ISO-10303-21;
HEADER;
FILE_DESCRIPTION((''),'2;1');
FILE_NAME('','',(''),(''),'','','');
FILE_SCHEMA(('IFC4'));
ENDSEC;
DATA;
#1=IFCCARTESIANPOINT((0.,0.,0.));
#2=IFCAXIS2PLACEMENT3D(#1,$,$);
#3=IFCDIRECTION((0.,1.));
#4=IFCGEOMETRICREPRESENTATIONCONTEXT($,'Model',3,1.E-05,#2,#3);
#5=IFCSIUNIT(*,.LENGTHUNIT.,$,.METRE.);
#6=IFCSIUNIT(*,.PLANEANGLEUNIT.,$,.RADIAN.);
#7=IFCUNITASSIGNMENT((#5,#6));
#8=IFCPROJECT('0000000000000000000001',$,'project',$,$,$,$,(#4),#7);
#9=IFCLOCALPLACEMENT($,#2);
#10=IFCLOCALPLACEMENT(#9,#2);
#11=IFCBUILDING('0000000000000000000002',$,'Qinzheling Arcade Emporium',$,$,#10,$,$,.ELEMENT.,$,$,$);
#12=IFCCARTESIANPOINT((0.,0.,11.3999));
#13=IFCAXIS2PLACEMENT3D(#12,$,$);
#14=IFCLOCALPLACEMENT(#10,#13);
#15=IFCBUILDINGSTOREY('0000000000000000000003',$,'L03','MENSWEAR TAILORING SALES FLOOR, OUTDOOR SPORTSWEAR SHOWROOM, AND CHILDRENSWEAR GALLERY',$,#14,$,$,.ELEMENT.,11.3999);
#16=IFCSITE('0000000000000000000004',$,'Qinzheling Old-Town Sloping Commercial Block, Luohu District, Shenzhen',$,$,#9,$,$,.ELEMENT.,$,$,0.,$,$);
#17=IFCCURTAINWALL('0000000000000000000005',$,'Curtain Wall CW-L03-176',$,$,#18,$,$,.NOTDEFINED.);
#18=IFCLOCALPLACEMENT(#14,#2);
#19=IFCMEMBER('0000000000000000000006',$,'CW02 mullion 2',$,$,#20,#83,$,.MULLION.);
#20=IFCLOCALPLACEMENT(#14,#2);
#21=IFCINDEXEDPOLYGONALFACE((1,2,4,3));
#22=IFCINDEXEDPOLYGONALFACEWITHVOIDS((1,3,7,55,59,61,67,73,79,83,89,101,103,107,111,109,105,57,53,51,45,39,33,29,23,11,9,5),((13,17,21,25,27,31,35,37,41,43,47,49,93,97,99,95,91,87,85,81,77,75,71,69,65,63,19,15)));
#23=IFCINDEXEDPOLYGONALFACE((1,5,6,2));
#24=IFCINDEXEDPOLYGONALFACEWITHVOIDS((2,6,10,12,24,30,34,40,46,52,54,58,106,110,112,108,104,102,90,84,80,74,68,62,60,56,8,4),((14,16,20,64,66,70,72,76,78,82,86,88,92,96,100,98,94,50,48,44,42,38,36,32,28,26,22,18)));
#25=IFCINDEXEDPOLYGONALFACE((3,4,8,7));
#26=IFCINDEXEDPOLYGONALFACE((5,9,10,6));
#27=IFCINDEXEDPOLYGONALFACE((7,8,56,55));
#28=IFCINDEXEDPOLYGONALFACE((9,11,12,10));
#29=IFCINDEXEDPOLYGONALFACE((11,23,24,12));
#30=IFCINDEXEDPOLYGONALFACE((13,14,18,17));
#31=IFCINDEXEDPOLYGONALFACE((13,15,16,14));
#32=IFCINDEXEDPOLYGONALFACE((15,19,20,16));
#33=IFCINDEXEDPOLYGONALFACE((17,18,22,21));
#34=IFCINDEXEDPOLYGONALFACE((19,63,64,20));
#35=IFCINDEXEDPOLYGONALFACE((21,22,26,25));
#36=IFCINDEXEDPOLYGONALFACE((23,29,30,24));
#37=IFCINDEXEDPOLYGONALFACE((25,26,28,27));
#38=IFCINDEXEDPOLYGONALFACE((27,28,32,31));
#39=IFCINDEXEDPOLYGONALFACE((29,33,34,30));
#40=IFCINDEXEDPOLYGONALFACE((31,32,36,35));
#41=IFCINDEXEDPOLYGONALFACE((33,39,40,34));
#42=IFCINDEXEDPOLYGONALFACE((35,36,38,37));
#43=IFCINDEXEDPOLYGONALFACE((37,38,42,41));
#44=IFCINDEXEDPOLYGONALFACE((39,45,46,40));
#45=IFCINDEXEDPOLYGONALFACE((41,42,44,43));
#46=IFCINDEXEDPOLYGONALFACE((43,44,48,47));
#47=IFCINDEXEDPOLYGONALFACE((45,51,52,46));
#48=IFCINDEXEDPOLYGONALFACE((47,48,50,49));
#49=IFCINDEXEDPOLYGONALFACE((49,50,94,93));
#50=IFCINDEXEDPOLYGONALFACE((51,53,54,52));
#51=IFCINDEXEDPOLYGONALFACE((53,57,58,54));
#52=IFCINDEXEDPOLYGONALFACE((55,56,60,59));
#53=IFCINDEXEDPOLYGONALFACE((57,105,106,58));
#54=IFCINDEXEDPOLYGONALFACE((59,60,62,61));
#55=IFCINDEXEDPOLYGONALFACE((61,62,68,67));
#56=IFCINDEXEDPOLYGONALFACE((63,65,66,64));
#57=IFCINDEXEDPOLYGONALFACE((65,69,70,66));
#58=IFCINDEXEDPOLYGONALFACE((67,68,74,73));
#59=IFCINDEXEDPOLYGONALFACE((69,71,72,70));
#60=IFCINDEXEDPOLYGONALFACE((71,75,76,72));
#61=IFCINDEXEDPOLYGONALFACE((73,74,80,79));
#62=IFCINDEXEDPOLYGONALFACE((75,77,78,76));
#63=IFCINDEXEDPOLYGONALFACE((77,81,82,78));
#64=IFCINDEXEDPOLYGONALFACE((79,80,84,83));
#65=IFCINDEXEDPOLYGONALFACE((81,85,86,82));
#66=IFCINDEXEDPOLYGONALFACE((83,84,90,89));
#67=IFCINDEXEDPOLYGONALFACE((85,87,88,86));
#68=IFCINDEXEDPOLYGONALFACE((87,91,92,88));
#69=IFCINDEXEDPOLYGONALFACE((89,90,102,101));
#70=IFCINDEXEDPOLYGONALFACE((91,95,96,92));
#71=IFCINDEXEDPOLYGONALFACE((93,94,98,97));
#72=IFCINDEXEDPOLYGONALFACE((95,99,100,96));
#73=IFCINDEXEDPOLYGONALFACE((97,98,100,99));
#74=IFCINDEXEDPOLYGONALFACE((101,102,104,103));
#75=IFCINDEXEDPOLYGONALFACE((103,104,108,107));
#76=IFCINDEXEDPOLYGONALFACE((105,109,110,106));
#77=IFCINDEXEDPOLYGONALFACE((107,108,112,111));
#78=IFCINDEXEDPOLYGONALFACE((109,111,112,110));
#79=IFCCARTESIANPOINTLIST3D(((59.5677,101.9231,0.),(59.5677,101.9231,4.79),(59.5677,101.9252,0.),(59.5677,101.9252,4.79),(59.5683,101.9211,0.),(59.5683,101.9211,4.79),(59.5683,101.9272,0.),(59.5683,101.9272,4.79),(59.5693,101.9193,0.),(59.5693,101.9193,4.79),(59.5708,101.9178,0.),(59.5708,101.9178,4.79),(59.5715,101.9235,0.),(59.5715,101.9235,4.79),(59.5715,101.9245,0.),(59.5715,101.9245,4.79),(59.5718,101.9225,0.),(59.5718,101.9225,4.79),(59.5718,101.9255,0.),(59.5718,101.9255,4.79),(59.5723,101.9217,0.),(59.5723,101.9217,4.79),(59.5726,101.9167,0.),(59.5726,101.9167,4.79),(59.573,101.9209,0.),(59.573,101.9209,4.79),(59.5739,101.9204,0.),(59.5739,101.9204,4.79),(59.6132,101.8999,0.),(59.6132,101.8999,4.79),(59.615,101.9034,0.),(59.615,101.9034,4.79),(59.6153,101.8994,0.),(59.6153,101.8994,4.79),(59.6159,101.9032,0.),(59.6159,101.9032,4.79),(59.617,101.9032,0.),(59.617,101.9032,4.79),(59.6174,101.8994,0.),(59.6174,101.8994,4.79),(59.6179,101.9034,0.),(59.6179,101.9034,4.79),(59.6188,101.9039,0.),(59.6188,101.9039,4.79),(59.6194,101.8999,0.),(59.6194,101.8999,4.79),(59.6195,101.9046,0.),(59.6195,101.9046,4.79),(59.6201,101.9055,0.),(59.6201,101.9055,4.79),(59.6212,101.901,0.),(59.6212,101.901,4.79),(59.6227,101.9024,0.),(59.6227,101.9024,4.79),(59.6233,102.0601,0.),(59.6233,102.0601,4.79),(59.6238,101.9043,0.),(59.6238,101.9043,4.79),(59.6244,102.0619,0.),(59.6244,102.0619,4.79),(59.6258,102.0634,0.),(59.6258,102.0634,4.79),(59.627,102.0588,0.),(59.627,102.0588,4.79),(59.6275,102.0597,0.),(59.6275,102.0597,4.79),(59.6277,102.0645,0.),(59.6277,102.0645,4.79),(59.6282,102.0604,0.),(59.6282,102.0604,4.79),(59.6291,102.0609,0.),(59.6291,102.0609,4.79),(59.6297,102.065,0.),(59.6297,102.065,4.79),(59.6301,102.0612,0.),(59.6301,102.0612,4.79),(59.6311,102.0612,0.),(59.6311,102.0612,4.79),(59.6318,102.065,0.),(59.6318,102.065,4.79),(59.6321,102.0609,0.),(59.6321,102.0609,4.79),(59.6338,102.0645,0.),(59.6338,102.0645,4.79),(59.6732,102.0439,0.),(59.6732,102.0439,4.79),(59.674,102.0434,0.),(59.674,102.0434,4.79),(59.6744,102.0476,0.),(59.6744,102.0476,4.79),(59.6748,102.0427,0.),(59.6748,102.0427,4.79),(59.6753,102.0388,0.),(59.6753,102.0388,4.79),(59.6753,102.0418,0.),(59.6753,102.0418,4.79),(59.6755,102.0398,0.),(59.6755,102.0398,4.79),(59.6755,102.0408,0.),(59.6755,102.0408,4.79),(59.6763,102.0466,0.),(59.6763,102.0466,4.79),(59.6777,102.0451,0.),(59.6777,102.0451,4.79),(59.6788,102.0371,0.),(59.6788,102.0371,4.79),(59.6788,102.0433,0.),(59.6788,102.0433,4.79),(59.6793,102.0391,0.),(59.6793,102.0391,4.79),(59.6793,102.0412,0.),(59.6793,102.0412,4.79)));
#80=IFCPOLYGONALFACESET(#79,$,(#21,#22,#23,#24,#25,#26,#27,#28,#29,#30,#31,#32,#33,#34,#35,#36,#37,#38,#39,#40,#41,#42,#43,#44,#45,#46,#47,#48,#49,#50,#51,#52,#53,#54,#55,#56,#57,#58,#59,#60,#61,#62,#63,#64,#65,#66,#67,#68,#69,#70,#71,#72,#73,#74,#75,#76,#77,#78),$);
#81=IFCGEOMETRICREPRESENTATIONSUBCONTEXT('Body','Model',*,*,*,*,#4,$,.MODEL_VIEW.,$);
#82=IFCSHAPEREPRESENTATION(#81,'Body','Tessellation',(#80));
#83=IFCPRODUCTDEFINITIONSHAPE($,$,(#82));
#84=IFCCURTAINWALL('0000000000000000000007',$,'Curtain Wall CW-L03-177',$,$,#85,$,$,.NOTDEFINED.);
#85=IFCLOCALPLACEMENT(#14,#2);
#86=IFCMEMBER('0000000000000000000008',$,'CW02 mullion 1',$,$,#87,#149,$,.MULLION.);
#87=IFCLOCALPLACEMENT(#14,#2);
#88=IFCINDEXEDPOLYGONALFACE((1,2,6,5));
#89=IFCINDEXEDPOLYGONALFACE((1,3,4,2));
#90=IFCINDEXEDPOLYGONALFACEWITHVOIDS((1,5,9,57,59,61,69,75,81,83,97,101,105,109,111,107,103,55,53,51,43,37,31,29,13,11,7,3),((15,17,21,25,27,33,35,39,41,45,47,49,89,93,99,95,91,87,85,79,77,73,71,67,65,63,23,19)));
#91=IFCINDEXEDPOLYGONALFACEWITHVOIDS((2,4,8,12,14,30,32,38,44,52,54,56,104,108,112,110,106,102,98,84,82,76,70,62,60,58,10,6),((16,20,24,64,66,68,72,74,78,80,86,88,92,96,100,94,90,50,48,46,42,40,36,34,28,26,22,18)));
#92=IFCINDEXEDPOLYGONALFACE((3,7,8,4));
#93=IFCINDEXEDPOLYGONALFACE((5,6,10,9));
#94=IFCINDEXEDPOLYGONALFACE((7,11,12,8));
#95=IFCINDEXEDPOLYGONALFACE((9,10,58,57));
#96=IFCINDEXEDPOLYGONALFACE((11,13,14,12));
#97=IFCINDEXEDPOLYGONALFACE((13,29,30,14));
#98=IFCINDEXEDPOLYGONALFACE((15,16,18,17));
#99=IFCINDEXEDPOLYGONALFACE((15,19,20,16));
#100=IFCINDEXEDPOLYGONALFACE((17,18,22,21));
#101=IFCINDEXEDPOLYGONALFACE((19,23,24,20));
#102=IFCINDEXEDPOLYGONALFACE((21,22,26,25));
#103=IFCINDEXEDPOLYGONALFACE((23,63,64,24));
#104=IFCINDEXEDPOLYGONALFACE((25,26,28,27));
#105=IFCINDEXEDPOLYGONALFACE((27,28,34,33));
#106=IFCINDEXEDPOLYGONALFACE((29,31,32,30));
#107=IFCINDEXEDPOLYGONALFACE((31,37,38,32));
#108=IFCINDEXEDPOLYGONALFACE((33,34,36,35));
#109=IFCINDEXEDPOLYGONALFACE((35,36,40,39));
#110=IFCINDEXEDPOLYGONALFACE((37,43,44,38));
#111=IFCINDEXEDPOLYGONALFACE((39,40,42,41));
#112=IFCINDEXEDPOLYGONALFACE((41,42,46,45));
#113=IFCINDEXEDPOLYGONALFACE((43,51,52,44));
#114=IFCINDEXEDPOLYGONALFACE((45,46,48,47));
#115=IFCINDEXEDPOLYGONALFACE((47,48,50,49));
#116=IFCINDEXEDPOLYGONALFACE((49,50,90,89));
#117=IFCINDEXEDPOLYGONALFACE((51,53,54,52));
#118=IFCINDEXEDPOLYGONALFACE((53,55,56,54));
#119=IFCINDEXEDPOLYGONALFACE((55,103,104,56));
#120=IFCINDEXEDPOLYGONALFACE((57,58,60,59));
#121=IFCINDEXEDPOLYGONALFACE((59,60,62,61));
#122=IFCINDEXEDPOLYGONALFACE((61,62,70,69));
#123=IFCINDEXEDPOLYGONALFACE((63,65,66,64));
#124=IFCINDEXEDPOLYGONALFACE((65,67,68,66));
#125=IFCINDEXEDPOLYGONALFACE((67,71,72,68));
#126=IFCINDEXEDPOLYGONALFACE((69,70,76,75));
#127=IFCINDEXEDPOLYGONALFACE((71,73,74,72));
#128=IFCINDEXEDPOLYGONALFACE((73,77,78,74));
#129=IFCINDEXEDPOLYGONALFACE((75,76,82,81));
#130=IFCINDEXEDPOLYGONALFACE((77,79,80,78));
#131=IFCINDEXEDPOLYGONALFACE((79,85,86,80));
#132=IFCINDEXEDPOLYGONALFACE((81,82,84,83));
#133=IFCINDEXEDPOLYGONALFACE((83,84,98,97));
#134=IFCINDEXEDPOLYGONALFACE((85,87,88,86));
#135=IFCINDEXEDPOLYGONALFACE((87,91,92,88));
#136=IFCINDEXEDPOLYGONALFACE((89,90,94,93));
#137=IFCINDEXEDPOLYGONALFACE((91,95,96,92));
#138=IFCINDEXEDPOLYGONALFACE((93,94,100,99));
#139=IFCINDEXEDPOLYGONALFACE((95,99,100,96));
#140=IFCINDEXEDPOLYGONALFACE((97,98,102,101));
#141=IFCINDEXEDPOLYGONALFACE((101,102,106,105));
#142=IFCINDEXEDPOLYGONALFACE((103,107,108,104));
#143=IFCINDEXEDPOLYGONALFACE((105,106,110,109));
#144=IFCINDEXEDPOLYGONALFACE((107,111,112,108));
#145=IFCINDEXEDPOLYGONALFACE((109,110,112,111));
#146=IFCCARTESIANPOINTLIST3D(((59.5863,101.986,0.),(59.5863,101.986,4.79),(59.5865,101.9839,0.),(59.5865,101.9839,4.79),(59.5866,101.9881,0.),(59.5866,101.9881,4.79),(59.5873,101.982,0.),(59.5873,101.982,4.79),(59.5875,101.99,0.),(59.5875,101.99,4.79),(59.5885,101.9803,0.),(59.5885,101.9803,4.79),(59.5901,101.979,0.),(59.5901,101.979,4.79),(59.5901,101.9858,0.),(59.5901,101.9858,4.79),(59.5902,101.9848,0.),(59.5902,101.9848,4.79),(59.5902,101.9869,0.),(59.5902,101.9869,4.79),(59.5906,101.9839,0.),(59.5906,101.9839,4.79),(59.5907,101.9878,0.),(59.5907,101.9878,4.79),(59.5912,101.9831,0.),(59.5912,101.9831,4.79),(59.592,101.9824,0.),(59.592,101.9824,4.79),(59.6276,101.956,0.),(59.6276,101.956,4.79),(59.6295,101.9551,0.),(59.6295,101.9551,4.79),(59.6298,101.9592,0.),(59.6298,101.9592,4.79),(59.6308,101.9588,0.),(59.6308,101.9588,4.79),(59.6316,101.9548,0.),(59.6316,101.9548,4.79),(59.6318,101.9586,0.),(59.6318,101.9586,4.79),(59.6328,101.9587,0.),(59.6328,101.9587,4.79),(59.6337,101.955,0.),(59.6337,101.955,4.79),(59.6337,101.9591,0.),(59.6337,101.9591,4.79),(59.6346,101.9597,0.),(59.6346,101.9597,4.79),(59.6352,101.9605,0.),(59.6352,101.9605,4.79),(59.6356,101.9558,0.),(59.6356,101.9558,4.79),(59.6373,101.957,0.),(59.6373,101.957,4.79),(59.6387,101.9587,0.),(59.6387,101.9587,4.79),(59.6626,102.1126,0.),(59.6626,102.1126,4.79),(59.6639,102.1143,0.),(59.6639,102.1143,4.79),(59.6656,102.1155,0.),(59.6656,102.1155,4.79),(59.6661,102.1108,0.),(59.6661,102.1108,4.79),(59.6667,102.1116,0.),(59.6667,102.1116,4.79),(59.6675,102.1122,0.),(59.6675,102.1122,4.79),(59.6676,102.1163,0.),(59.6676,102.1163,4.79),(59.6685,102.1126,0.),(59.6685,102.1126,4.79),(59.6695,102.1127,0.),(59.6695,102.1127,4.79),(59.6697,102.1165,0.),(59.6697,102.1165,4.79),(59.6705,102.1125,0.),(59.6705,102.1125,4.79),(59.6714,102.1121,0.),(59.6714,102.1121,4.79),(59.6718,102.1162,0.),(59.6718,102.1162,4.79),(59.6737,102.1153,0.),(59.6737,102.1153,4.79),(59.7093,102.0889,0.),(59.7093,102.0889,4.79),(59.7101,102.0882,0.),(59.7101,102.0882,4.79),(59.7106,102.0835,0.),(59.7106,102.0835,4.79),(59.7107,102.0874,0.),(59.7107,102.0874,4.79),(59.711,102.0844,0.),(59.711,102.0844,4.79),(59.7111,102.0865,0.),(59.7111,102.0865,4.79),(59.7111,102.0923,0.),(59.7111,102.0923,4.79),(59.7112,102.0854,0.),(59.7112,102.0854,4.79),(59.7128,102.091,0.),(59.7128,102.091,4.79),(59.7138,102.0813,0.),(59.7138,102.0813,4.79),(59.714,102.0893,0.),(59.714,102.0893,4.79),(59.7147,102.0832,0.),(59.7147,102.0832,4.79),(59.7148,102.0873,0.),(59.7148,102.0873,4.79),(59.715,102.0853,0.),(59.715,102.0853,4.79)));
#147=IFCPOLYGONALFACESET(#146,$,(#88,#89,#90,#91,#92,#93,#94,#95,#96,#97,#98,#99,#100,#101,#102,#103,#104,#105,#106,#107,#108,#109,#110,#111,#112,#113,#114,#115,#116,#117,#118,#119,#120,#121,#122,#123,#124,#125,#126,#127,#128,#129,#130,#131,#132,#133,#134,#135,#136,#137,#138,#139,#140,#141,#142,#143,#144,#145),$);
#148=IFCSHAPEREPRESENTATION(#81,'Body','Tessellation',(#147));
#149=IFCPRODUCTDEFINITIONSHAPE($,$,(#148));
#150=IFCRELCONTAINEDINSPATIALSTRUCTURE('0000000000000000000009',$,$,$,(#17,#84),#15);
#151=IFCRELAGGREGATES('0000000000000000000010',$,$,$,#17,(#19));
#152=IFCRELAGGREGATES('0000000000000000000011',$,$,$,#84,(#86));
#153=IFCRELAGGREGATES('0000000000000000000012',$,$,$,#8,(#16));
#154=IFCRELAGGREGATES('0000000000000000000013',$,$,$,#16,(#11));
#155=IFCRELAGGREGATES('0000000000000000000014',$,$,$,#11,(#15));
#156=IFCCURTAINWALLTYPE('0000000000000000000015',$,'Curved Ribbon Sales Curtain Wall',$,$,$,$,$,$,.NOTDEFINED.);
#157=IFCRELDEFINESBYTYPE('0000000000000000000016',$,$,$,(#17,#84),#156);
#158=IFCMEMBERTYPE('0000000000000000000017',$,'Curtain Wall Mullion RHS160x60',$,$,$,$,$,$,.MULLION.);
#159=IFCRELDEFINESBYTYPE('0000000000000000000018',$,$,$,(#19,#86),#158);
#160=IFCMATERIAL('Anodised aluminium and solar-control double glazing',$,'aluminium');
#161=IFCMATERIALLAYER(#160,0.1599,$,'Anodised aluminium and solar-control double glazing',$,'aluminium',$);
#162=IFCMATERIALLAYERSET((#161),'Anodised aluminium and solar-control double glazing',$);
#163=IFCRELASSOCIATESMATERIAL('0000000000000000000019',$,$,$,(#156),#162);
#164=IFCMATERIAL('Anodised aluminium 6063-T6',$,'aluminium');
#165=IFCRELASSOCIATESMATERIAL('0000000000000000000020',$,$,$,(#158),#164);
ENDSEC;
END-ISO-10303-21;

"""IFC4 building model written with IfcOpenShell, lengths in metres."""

from ifc_helpers import new_model, si_unit, direction, frame, origin, origin_2d, place, context, subcontext, project, spatial, hollow_rectangle, extrude, material, layer, layer_set, material_profile, profile_set, type_object, element, aggregate, save


model = new_model("IFC4")

# Units and contexts
model_context = context("Model", 3, precision=1e-05, world=origin(), true_north=direction((0.0, 1.0)))
body_context = subcontext(model_context, "Body", "Model", "MODEL_VIEW")
ifc_project = project(units=[si_unit("LENGTHUNIT", "METRE"), si_unit("PLANEANGLEUNIT", "RADIAN")], contexts=[model_context])

# Site, building, storey
site_placement = place(None, origin())
site = spatial("IfcSite", under=ifc_project, at=site_placement, Name="Qinzheling Old-Town Sloping Commercial Block, Luohu District, Shenzhen", CompositionType="ELEMENT", RefElevation=0.0)
building_placement = place(site_placement, origin())
building = spatial("IfcBuilding", under=site, at=building_placement, Name="Qinzheling Arcade Emporium", CompositionType="ELEMENT")
storey_placement = place(building_placement, frame((0.0, 0.0, 11.3999)))
storey = spatial("IfcBuildingStorey", under=building, at=storey_placement, Name="L03", Description="MENSWEAR TAILORING SALES FLOOR, OUTDOOR SPORTSWEAR SHOWROOM, AND CHILDRENSWEAR GALLERY", CompositionType="ELEMENT", Elevation=11.3999)

# Curtain wall, member
ifc_material_1 = material(Name="Anodised aluminium and solar-control double glazing", Category="aluminium")
ifc_layer_1 = layer(ifc_material_1, 0.1599, Name="Anodised aluminium and solar-control double glazing", Category="aluminium")
ifc_layer_set_1 = layer_set([ifc_layer_1], Name="Anodised aluminium and solar-control double glazing")
curtain_wall_type = type_object("IfcCurtainWallType", Name="Curved Ribbon Sales Curtain Wall", PredefinedType="NOTDEFINED", material=ifc_layer_set_1)
curtain_wall_1_placement = place(storey_placement, origin())
curtain_wall_1 = element("IfcCurtainWall", 1, at=curtain_wall_1_placement, inside=storey, type_object=curtain_wall_type, Name="Curtain Wall CW-L03-176", PredefinedType="NOTDEFINED")
ifc_material_2 = material(Name="Anodised aluminium 6063-T6", Category="aluminium")
ifc_material_profile_1 = material_profile(ifc_material_2, hollow_rectangle(XDim=0.0601, YDim=0.1599, WallThickness=0.0039, InnerFilletRadius=0.0039, OuterFilletRadius=0.0081, at=origin_2d()), Name="RHS 160x60x4", Category="aluminium")
ifc_profile_set_1 = profile_set([ifc_material_profile_1], Name="Anodised aluminium 6063-T6")
member_type_1 = type_object("IfcMemberType", Name="Curtain Wall Mullion RHS160x60", PredefinedType="MULLION", material=ifc_profile_set_1)
member_1_placement = place(storey_placement, frame((59.6235, 101.9822, 0.0), z_axis=(0.0, 0.0, 1.0), x_axis=(-0.923867, 0.382714, 0.0)))
member_1 = element("IfcMember", 2, at=member_1_placement, type_object=member_type_1, Name="CW02 mullion 2", PredefinedType="MULLION", context=body_context, shape_type="SweptSolid", body=[
    extrude(hollow_rectangle(XDim=0.0601, YDim=0.1599, WallThickness=0.0039, InnerFilletRadius=0.0039, OuterFilletRadius=0.0081, at=origin_2d()), origin(), (0.0, 0.0, 1.0), 4.79),
])

# Curtain wall, member
curtain_wall_2_placement = place(storey_placement, origin())
curtain_wall_2 = element("IfcCurtainWall", 3, at=curtain_wall_2_placement, inside=storey, type_object=curtain_wall_type, Name="Curtain Wall CW-L03-177", PredefinedType="NOTDEFINED")
member_2_placement = place(storey_placement, frame((59.6506, 102.0356, 0.0), z_axis=(0.0, 0.0, 1.0), x_axis=(-0.85262, 0.522532, 0.0)))
member_2 = element("IfcMember", 4, at=member_2_placement, type_object=member_type_1, Name="CW02 mullion 1", PredefinedType="MULLION", context=body_context, shape_type="SweptSolid", body=[
    extrude(hollow_rectangle(XDim=0.0601, YDim=0.1599, WallThickness=0.0039, InnerFilletRadius=0.0039, OuterFilletRadius=0.0081, at=origin_2d()), origin(), (0.0, 0.0, 1.0), 4.79),
])

aggregate(curtain_wall_1, [member_1])
aggregate(curtain_wall_2, [member_2])

save(model, "model.ifc")
